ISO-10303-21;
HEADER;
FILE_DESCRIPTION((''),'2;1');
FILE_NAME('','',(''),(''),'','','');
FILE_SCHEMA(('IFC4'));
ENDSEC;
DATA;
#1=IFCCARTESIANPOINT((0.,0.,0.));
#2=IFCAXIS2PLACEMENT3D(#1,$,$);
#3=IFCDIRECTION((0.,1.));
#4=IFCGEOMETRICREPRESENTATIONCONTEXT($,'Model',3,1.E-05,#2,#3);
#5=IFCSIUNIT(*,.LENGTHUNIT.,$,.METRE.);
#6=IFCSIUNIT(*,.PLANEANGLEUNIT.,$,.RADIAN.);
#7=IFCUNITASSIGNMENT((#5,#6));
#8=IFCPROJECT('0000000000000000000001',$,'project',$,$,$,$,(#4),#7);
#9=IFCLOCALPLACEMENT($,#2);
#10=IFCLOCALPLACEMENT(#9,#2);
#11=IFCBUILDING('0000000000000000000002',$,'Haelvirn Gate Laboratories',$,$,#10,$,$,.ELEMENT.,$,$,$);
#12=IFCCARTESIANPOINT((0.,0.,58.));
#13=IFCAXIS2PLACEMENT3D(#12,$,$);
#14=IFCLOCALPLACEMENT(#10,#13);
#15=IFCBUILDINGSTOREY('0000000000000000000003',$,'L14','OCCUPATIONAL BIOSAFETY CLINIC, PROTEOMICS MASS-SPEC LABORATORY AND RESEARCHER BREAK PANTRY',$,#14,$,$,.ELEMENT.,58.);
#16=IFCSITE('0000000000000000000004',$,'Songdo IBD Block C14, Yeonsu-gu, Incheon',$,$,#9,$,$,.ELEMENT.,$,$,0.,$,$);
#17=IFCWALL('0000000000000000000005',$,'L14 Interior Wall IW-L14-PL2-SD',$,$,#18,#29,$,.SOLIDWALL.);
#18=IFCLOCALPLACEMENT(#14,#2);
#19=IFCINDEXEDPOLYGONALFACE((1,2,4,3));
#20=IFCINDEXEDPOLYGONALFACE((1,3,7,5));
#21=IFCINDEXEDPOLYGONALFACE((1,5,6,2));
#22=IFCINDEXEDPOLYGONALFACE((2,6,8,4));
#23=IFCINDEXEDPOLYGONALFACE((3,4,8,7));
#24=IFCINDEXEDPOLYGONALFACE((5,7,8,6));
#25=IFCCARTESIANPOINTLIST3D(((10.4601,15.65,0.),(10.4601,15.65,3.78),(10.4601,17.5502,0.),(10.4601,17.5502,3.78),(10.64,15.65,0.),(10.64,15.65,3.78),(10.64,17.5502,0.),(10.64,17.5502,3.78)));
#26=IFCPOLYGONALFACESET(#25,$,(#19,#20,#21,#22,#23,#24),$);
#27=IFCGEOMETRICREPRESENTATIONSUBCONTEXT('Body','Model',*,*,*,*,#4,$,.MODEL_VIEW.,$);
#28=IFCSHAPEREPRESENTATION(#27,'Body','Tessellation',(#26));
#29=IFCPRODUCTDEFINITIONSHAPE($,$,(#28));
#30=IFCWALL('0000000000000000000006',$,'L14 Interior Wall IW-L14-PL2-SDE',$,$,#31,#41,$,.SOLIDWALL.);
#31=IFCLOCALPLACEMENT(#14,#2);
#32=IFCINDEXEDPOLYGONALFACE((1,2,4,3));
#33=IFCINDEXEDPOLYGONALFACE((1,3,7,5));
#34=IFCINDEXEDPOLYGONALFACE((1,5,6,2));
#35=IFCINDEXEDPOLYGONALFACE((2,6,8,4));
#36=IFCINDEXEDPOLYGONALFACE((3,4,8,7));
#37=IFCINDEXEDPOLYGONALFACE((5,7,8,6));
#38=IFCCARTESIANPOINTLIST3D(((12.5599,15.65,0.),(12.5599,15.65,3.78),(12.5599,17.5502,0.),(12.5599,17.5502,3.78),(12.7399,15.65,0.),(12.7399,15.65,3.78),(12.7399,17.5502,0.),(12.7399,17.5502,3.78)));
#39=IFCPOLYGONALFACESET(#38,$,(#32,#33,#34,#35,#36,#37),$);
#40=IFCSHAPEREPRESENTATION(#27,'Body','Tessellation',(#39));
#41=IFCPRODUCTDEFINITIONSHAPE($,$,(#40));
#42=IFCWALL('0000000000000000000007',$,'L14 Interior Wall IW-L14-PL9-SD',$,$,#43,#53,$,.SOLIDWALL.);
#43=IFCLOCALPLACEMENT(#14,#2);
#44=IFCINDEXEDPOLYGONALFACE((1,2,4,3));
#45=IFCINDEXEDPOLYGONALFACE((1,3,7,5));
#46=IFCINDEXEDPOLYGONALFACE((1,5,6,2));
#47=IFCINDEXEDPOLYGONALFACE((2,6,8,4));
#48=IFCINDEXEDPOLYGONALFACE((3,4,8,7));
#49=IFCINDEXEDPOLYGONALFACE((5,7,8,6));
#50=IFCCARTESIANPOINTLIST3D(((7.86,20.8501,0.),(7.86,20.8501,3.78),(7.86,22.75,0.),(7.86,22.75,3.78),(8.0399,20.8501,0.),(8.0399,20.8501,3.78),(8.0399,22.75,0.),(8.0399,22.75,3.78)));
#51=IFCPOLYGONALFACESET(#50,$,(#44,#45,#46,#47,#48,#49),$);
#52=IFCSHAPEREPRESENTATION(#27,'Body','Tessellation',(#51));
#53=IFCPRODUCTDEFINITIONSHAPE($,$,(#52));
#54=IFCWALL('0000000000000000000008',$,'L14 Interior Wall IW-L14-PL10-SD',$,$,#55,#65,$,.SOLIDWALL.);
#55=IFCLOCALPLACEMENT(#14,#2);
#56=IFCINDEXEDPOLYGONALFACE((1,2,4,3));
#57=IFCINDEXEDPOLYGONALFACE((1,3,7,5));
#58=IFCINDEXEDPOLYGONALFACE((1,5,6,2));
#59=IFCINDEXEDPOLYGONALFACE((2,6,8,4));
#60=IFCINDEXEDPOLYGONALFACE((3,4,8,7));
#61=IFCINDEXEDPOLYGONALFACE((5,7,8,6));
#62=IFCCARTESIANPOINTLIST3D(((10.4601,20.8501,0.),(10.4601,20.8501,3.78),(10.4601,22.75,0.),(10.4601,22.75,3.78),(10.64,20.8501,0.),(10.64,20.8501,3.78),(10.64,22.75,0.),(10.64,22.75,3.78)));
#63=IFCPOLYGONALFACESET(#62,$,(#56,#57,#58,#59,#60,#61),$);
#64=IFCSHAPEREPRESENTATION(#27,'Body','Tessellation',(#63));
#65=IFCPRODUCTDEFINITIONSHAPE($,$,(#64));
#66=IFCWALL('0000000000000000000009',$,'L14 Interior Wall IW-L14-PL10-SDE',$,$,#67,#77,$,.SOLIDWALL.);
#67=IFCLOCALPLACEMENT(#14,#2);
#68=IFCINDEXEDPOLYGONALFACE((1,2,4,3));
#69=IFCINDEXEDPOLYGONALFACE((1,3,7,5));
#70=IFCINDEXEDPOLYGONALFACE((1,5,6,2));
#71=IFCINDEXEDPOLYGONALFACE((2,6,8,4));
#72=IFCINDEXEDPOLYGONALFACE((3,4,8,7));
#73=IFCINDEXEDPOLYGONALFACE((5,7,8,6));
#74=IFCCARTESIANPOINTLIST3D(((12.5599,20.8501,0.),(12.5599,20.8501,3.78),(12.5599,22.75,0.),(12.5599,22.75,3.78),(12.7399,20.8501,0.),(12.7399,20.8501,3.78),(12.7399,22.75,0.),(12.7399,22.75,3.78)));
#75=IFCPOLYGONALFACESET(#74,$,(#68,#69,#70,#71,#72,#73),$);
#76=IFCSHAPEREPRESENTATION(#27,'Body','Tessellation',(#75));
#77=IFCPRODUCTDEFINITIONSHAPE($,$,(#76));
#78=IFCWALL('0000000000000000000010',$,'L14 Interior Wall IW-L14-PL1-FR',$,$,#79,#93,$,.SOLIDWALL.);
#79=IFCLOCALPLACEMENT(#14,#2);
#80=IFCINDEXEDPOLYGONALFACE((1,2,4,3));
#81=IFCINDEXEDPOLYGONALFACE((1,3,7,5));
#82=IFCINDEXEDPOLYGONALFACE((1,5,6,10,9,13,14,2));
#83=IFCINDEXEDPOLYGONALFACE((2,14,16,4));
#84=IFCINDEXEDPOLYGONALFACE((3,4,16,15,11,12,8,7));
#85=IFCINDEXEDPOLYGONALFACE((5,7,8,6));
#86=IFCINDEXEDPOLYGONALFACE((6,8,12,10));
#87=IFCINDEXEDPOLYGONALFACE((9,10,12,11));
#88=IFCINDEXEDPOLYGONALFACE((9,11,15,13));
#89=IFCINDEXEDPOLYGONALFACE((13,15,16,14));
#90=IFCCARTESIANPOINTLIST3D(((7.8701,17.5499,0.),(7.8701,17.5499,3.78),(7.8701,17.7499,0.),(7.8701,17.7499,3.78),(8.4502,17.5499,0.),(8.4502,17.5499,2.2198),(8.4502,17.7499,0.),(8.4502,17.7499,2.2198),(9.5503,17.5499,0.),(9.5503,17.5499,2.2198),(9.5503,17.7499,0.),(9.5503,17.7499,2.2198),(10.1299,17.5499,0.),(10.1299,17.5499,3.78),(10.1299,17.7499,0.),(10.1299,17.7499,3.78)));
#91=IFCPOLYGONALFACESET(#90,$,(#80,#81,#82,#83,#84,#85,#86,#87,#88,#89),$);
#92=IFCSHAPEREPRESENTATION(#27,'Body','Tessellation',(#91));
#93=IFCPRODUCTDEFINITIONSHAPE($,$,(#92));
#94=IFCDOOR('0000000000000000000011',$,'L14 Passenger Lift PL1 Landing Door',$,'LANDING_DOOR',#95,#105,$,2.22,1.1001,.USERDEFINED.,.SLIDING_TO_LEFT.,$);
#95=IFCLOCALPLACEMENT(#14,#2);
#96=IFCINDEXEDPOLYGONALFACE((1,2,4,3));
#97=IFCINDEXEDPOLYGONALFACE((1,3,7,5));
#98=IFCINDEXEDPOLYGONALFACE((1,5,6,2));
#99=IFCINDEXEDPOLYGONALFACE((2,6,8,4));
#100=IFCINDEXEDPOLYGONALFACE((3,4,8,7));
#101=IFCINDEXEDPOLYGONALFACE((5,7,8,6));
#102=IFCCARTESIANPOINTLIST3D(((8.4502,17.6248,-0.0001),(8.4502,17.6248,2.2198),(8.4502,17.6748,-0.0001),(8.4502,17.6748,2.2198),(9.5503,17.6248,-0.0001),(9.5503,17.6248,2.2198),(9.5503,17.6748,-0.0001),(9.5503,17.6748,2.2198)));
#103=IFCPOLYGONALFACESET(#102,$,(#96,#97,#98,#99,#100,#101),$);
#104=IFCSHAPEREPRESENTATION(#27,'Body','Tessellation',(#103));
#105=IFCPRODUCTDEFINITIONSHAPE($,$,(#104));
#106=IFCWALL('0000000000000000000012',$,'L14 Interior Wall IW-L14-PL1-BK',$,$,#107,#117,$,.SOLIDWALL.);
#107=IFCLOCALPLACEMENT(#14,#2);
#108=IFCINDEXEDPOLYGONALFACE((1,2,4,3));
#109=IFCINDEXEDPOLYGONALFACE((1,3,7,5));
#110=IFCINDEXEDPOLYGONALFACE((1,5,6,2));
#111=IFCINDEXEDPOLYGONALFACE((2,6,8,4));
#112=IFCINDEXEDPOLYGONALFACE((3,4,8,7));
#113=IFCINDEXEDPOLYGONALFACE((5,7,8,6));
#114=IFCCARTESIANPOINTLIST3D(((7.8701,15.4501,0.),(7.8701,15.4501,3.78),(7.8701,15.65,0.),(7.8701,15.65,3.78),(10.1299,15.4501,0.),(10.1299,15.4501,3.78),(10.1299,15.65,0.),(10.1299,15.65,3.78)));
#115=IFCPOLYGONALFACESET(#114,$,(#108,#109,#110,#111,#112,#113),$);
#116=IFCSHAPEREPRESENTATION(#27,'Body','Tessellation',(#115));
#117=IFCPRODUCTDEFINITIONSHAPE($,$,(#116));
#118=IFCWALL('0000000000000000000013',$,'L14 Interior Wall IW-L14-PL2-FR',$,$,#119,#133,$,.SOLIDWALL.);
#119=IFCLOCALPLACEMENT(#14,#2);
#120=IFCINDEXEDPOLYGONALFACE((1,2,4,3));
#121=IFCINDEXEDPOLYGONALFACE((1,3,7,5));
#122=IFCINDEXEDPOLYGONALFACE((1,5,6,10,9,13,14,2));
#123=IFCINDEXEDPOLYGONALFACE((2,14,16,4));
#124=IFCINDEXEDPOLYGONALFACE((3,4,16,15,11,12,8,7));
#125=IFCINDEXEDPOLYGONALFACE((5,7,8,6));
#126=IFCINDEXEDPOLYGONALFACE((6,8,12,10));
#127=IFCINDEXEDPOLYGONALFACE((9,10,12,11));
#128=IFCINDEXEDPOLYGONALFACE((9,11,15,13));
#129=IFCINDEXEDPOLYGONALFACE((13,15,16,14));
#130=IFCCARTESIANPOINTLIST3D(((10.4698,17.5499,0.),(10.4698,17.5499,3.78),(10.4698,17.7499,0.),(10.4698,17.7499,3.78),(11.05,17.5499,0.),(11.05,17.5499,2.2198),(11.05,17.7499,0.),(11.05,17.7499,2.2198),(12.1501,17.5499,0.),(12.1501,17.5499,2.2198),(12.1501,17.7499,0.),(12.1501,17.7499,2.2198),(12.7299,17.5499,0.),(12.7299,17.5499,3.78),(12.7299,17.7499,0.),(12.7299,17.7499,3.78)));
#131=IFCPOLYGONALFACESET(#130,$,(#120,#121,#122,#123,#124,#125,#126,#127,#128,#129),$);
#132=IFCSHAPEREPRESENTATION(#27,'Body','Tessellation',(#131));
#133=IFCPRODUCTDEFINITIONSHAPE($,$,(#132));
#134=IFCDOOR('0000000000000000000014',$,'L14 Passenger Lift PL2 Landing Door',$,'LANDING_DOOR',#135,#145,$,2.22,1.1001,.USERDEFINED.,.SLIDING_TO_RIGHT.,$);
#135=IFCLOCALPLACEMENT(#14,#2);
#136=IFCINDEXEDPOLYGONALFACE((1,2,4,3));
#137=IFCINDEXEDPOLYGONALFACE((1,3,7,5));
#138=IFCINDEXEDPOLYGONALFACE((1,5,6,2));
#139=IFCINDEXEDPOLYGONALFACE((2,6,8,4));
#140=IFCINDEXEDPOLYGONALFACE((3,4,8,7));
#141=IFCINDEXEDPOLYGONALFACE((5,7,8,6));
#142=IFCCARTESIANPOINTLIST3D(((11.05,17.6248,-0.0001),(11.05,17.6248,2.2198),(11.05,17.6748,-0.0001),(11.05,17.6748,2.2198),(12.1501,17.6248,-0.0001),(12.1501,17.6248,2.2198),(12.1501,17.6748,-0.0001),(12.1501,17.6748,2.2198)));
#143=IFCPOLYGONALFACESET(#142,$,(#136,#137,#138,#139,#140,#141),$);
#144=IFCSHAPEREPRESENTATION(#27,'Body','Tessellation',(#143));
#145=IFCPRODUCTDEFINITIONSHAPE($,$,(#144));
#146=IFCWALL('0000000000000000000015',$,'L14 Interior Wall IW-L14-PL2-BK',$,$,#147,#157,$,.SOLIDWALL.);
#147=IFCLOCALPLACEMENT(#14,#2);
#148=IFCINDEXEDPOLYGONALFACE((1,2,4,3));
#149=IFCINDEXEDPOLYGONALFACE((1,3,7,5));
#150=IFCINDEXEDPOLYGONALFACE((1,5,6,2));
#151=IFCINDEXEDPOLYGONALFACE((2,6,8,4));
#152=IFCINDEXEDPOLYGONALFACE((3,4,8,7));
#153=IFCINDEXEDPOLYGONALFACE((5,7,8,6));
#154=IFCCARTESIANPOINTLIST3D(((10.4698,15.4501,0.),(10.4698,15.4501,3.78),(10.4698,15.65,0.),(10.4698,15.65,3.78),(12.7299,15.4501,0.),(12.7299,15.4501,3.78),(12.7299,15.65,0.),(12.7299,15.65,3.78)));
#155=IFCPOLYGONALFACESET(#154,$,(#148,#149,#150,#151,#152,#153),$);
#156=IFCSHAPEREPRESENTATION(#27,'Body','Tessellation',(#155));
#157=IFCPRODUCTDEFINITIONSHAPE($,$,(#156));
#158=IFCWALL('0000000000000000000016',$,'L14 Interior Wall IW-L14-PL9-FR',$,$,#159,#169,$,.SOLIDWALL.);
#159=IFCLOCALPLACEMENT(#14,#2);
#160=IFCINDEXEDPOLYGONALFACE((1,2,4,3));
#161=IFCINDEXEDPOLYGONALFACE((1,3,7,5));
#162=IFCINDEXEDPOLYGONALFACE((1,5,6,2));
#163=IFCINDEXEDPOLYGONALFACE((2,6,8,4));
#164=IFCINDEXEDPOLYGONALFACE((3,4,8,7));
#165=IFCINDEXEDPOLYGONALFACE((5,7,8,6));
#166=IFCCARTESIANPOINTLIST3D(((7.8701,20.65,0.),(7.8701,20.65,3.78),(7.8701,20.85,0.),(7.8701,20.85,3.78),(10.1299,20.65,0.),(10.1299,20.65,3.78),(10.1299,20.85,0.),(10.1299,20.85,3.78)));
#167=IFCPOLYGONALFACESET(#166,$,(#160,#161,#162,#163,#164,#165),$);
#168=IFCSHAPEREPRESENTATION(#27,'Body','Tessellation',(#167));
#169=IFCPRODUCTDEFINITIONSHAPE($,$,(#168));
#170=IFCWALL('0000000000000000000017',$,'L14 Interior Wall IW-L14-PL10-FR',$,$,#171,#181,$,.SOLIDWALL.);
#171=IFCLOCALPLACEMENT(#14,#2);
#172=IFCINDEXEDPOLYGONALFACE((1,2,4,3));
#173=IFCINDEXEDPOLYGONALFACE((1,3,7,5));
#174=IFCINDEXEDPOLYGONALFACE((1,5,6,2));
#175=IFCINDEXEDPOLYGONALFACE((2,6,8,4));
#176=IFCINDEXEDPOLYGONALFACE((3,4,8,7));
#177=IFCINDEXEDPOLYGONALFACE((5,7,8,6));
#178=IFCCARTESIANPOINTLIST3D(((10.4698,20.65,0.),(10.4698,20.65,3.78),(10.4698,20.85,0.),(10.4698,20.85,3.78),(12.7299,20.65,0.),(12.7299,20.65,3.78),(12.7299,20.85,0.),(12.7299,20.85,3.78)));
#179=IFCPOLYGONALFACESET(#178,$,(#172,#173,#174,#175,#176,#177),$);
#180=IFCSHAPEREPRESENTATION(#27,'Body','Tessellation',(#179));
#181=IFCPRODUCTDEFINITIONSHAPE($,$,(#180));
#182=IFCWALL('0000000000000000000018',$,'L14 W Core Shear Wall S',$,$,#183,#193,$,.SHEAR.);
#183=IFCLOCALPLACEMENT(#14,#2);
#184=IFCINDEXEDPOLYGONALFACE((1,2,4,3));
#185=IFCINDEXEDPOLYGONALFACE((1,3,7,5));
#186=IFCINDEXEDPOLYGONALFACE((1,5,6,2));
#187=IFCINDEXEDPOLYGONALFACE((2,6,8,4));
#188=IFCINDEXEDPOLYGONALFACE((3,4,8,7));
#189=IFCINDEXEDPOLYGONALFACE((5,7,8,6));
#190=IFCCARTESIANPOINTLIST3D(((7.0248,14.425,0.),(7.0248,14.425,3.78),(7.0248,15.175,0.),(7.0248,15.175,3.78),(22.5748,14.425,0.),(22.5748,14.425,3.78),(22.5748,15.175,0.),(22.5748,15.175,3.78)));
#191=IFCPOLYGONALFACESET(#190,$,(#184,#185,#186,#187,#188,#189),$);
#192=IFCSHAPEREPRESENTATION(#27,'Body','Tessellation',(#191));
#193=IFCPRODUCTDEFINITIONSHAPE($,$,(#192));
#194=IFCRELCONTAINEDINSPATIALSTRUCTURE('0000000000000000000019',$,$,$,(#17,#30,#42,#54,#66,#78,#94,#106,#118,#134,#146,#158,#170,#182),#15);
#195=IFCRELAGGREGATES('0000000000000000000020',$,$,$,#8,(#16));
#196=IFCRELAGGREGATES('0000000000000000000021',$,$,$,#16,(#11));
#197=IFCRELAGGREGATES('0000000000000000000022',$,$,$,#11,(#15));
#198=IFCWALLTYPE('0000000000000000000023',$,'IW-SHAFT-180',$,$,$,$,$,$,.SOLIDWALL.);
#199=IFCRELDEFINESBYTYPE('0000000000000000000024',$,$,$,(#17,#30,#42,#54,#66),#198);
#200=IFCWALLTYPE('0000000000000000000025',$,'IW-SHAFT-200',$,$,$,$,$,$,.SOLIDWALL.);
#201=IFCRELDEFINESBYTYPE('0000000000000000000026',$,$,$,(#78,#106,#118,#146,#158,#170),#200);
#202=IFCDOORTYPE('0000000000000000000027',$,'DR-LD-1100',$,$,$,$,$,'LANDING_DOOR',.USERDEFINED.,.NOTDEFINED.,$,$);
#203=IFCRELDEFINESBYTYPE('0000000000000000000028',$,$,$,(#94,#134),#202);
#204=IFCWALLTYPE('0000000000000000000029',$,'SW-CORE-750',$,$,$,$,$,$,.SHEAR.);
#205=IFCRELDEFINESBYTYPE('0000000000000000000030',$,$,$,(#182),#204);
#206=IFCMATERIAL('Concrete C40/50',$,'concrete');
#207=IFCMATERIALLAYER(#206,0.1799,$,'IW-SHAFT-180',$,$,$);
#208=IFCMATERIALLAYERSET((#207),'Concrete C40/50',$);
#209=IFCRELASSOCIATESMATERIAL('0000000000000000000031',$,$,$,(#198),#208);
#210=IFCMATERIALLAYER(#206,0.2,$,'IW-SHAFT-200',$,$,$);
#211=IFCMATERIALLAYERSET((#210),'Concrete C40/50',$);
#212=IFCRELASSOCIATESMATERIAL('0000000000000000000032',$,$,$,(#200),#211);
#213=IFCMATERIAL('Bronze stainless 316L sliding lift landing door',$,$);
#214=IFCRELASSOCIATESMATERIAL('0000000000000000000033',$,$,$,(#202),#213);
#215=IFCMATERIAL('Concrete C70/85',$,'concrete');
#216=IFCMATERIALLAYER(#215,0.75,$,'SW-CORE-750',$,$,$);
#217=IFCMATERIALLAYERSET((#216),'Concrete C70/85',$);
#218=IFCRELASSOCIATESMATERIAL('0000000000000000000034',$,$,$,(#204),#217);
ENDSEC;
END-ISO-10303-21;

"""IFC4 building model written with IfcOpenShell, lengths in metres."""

from ifc_helpers import new_model, si_unit, direction, frame, frame_2d, origin, place, context, subcontext, project, spatial, rectangle, extrude, source, transform, mapped, material, layer, layer_set, type_object, type_shapes, element, fill, save


model = new_model("IFC4")

# Units and contexts
model_context = context("Model", 3, precision=1e-05, world=origin(), true_north=direction((0.0, 1.0)))
body_context = subcontext(model_context, "Body", "Model", "MODEL_VIEW")
ifc_project = project(units=[si_unit("LENGTHUNIT", "METRE"), si_unit("PLANEANGLEUNIT", "RADIAN")], contexts=[model_context])

# Site, building, storey
site_placement = place(None, origin())
site = spatial("IfcSite", under=ifc_project, at=site_placement, Name="Songdo IBD Block C14, Yeonsu-gu, Incheon", CompositionType="ELEMENT", RefElevation=0.0)
building_placement = place(site_placement, origin())
building = spatial("IfcBuilding", under=site, at=building_placement, Name="Haelvirn Gate Laboratories", CompositionType="ELEMENT")
storey_placement = place(building_placement, frame((0.0, 0.0, 58.0)))
storey = spatial("IfcBuildingStorey", under=building, at=storey_placement, Name="L14", Description="OCCUPATIONAL BIOSAFETY CLINIC, PROTEOMICS MASS-SPEC LABORATORY AND RESEARCHER BREAK PANTRY", CompositionType="ELEMENT", Elevation=58.0)

# Shared definitions
ifc_material_1 = material(Name="Concrete C70/85", Category="concrete")

# Walls
ifc_material_2 = material(Name="Concrete C40/50", Category="concrete")
ifc_layer_1 = layer(ifc_material_2, 0.1799, Name="IW-SHAFT-180")
ifc_layer_set_1 = layer_set([ifc_layer_1], Name="Concrete C40/50")
wall_type_1 = type_object("IfcWallType", Name="IW-SHAFT-180", PredefinedType="SOLIDWALL", material=ifc_layer_set_1)
for number, where, z_axis, x_axis, name in (
    (1, (10.55, 15.6499, 0.0), (0.0, 0.0, 1.0), (0.0, 1.0, 0.0), "L14 Interior Wall IW-L14-PL2-SD"),
    (2, (12.6499, 15.6499, 0.0), (0.0, 0.0, 1.0), (0.0, 1.0, 0.0), "L14 Interior Wall IW-L14-PL2-SDE"),
):
    element("IfcWall", number, at=place(storey_placement, frame(where, z_axis=z_axis, x_axis=x_axis)), inside=storey, type_object=wall_type_1, Name=name, PredefinedType="SOLIDWALL", context=body_context, shape_type="SweptSolid", body=[
        extrude(rectangle(XDim=1.9001, YDim=0.1799, at=frame_2d((0.9502, 0.0))), origin(), (0.0, 0.0, 1.0), 3.78),
    ])
for number, where, z_axis, x_axis, name in (
    (3, (7.95, 20.8501, 0.0), (0.0, 0.0, 1.0), (0.0, 1.0, 0.0), "L14 Interior Wall IW-L14-PL9-SD"),
    (4, (10.55, 20.8501, 0.0), (0.0, 0.0, 1.0), (0.0, 1.0, 0.0), "L14 Interior Wall IW-L14-PL10-SD"),
    (5, (12.6499, 20.8501, 0.0), (0.0, 0.0, 1.0), (0.0, 1.0, 0.0), "L14 Interior Wall IW-L14-PL10-SDE"),
):
    element("IfcWall", number, at=place(storey_placement, frame(where, z_axis=z_axis, x_axis=x_axis)), inside=storey, type_object=wall_type_1, Name=name, PredefinedType="SOLIDWALL", context=body_context, shape_type="SweptSolid", body=[
        extrude(rectangle(XDim=1.8999, YDim=0.1799, at=frame_2d((0.95, 0.0))), origin(), (0.0, 0.0, 1.0), 3.78),
    ])

# Wall, opening, door
ifc_layer_2 = layer(ifc_material_2, 0.2, Name="IW-SHAFT-200")
ifc_layer_set_2 = layer_set([ifc_layer_2], Name="Concrete C40/50")
wall_type_2 = type_object("IfcWallType", Name="IW-SHAFT-200", PredefinedType="SOLIDWALL", material=ifc_layer_set_2)
wall_1_placement = place(storey_placement, frame((7.8701, 17.6499, 0.0), z_axis=(0.0, 0.0, 1.0), x_axis=(1.0, 0.0, 0.0)))
wall_1 = element("IfcWall", 6, at=wall_1_placement, inside=storey, type_object=wall_type_2, Name="L14 Interior Wall IW-L14-PL1-FR", PredefinedType="SOLIDWALL", context=body_context, shape_type="SweptSolid", body=[
    extrude(rectangle(XDim=2.2598, YDim=0.2, at=frame_2d((1.1299, 0.0))), origin(), (0.0, 0.0, 1.0), 3.78),
])
opening_1_placement = place(wall_1_placement, frame((0.5801, 0.0, 0.0)))
opening_1 = element("IfcOpeningElement", 7, at=opening_1_placement, cuts=wall_1, PredefinedType="OPENING", context=body_context, shape_type="SweptSolid", body=[
    extrude(rectangle(XDim=1.1001, YDim=2.22, at=frame_2d((0.55, 1.1099))), frame((0.0, 0.1099, 0.0), z_axis=(0.0, -1.0, 0.0), x_axis=(1.0, 0.0, 0.0)), (0.0, 0.0, 1.0), 0.22),
])
ifc_material_3 = material(Name="Bronze stainless 316L sliding lift landing door")
door_type_1 = type_object("IfcDoorType", Name="DR-LD-1100", ElementType="LANDING_DOOR", OperationType="NOTDEFINED", PredefinedType="USERDEFINED", material=ifc_material_3)
shared_shape_1 = source(origin(), body_context, "Body", "SweptSolid", [
    extrude(rectangle(XDim=1.1001, YDim=2.22, at=frame_2d((0.55, 1.1099))), frame((0.0, 0.0249, 0.0), z_axis=(0.0, -1.0, 0.0), x_axis=(1.0, 0.0, 0.0)), (0.0, 0.0, 1.0), 0.05),
])
type_shapes(door_type_1, [shared_shape_1])
door_1_placement = place(opening_1_placement, origin())
door_1 = element("IfcDoor", 8, at=door_1_placement, inside=storey, type_object=door_type_1, Name="L14 Passenger Lift PL1 Landing Door", ObjectType="LANDING_DOOR", OperationType="SLIDING_TO_LEFT", OverallHeight=2.22, OverallWidth=1.1001, PredefinedType="USERDEFINED", context=body_context, shape_type="MappedRepresentation", body=[
    mapped(shared_shape_1, transform((0.0, 0.0, 0.0), scale=1.0)),
])
fill(opening_1, door_1)

# Wall
wall_2_placement = place(storey_placement, frame((7.8701, 15.55, 0.0), z_axis=(0.0, 0.0, 1.0), x_axis=(1.0, 0.0, 0.0)))
element("IfcWall", 9, at=wall_2_placement, inside=storey, type_object=wall_type_2, Name="L14 Interior Wall IW-L14-PL1-BK", PredefinedType="SOLIDWALL", context=body_context, shape_type="SweptSolid", body=[
    extrude(rectangle(XDim=2.2598, YDim=0.2, at=frame_2d((1.1299, 0.0))), origin(), (0.0, 0.0, 1.0), 3.78),
])

# Wall, opening, door
wall_3_placement = place(storey_placement, frame((10.47, 17.6499, 0.0), z_axis=(0.0, 0.0, 1.0), x_axis=(1.0, 0.0, 0.0)))
wall_3 = element("IfcWall", 10, at=wall_3_placement, inside=storey, type_object=wall_type_2, Name="L14 Interior Wall IW-L14-PL2-FR", PredefinedType="SOLIDWALL", context=body_context, shape_type="SweptSolid", body=[
    extrude(rectangle(XDim=2.26, YDim=0.2, at=frame_2d((1.1299, 0.0))), origin(), (0.0, 0.0, 1.0), 3.78),
])
opening_2_placement = place(wall_3_placement, frame((0.5801, 0.0, 0.0)))
opening_2 = element("IfcOpeningElement", 11, at=opening_2_placement, cuts=wall_3, PredefinedType="OPENING", context=body_context, shape_type="SweptSolid", body=[
    extrude(rectangle(XDim=1.1001, YDim=2.22, at=frame_2d((0.55, 1.1099))), frame((0.0, 0.1099, 0.0), z_axis=(0.0, -1.0, 0.0), x_axis=(1.0, 0.0, 0.0)), (0.0, 0.0, 1.0), 0.22),
])
door_2_placement = place(opening_2_placement, origin())
door_2 = element("IfcDoor", 12, at=door_2_placement, inside=storey, type_object=door_type_1, Name="L14 Passenger Lift PL2 Landing Door", ObjectType="LANDING_DOOR", OperationType="SLIDING_TO_RIGHT", OverallHeight=2.22, OverallWidth=1.1001, PredefinedType="USERDEFINED", context=body_context, shape_type="MappedRepresentation", body=[
    mapped(shared_shape_1, transform((0.0, 0.0, 0.0), scale=1.0)),
])
fill(opening_2, door_2)

# Walls
wall_4_placement = place(storey_placement, frame((10.47, 15.55, 0.0), z_axis=(0.0, 0.0, 1.0), x_axis=(1.0, 0.0, 0.0)))
element("IfcWall", 13, at=wall_4_placement, inside=storey, type_object=wall_type_2, Name="L14 Interior Wall IW-L14-PL2-BK", PredefinedType="SOLIDWALL", context=body_context, shape_type="SweptSolid", body=[
    extrude(rectangle(XDim=2.26, YDim=0.2, at=frame_2d((1.1299, 0.0))), origin(), (0.0, 0.0, 1.0), 3.78),
])
wall_5_placement = place(storey_placement, frame((7.8701, 20.75, 0.0), z_axis=(0.0, 0.0, 1.0), x_axis=(1.0, 0.0, 0.0)))
element("IfcWall", 14, at=wall_5_placement, inside=storey, type_object=wall_type_2, Name="L14 Interior Wall IW-L14-PL9-FR", PredefinedType="SOLIDWALL", context=body_context, shape_type="SweptSolid", body=[
    extrude(rectangle(XDim=2.2598, YDim=0.2, at=frame_2d((1.1299, 0.0))), origin(), (0.0, 0.0, 1.0), 3.78),
])
wall_6_placement = place(storey_placement, frame((10.47, 20.75, 0.0), z_axis=(0.0, 0.0, 1.0), x_axis=(1.0, 0.0, 0.0)))
element("IfcWall", 15, at=wall_6_placement, inside=storey, type_object=wall_type_2, Name="L14 Interior Wall IW-L14-PL10-FR", PredefinedType="SOLIDWALL", context=body_context, shape_type="SweptSolid", body=[
    extrude(rectangle(XDim=2.26, YDim=0.2, at=frame_2d((1.1299, 0.0))), origin(), (0.0, 0.0, 1.0), 3.78),
])
ifc_layer_3 = layer(ifc_material_1, 0.75, Name="SW-CORE-750")
ifc_layer_set_3 = layer_set([ifc_layer_3], Name="Concrete C70/85")
wall_type_3 = type_object("IfcWallType", Name="SW-CORE-750", PredefinedType="SHEAR", material=ifc_layer_set_3)
wall_7_placement = place(storey_placement, frame((7.0249, 14.8, 0.0), z_axis=(0.0, 0.0, 1.0), x_axis=(1.0, 0.0, 0.0)))
element("IfcWall", 16, at=wall_7_placement, inside=storey, type_object=wall_type_3, Name="L14 W Core Shear Wall S", PredefinedType="SHEAR", context=body_context, shape_type="SweptSolid", body=[
    extrude(rectangle(XDim=15.55, YDim=0.75, at=frame_2d((7.7749, 0.0))), origin(), (0.0, 0.0, 1.0), 3.78),
])

save(model, "model.ifc")
